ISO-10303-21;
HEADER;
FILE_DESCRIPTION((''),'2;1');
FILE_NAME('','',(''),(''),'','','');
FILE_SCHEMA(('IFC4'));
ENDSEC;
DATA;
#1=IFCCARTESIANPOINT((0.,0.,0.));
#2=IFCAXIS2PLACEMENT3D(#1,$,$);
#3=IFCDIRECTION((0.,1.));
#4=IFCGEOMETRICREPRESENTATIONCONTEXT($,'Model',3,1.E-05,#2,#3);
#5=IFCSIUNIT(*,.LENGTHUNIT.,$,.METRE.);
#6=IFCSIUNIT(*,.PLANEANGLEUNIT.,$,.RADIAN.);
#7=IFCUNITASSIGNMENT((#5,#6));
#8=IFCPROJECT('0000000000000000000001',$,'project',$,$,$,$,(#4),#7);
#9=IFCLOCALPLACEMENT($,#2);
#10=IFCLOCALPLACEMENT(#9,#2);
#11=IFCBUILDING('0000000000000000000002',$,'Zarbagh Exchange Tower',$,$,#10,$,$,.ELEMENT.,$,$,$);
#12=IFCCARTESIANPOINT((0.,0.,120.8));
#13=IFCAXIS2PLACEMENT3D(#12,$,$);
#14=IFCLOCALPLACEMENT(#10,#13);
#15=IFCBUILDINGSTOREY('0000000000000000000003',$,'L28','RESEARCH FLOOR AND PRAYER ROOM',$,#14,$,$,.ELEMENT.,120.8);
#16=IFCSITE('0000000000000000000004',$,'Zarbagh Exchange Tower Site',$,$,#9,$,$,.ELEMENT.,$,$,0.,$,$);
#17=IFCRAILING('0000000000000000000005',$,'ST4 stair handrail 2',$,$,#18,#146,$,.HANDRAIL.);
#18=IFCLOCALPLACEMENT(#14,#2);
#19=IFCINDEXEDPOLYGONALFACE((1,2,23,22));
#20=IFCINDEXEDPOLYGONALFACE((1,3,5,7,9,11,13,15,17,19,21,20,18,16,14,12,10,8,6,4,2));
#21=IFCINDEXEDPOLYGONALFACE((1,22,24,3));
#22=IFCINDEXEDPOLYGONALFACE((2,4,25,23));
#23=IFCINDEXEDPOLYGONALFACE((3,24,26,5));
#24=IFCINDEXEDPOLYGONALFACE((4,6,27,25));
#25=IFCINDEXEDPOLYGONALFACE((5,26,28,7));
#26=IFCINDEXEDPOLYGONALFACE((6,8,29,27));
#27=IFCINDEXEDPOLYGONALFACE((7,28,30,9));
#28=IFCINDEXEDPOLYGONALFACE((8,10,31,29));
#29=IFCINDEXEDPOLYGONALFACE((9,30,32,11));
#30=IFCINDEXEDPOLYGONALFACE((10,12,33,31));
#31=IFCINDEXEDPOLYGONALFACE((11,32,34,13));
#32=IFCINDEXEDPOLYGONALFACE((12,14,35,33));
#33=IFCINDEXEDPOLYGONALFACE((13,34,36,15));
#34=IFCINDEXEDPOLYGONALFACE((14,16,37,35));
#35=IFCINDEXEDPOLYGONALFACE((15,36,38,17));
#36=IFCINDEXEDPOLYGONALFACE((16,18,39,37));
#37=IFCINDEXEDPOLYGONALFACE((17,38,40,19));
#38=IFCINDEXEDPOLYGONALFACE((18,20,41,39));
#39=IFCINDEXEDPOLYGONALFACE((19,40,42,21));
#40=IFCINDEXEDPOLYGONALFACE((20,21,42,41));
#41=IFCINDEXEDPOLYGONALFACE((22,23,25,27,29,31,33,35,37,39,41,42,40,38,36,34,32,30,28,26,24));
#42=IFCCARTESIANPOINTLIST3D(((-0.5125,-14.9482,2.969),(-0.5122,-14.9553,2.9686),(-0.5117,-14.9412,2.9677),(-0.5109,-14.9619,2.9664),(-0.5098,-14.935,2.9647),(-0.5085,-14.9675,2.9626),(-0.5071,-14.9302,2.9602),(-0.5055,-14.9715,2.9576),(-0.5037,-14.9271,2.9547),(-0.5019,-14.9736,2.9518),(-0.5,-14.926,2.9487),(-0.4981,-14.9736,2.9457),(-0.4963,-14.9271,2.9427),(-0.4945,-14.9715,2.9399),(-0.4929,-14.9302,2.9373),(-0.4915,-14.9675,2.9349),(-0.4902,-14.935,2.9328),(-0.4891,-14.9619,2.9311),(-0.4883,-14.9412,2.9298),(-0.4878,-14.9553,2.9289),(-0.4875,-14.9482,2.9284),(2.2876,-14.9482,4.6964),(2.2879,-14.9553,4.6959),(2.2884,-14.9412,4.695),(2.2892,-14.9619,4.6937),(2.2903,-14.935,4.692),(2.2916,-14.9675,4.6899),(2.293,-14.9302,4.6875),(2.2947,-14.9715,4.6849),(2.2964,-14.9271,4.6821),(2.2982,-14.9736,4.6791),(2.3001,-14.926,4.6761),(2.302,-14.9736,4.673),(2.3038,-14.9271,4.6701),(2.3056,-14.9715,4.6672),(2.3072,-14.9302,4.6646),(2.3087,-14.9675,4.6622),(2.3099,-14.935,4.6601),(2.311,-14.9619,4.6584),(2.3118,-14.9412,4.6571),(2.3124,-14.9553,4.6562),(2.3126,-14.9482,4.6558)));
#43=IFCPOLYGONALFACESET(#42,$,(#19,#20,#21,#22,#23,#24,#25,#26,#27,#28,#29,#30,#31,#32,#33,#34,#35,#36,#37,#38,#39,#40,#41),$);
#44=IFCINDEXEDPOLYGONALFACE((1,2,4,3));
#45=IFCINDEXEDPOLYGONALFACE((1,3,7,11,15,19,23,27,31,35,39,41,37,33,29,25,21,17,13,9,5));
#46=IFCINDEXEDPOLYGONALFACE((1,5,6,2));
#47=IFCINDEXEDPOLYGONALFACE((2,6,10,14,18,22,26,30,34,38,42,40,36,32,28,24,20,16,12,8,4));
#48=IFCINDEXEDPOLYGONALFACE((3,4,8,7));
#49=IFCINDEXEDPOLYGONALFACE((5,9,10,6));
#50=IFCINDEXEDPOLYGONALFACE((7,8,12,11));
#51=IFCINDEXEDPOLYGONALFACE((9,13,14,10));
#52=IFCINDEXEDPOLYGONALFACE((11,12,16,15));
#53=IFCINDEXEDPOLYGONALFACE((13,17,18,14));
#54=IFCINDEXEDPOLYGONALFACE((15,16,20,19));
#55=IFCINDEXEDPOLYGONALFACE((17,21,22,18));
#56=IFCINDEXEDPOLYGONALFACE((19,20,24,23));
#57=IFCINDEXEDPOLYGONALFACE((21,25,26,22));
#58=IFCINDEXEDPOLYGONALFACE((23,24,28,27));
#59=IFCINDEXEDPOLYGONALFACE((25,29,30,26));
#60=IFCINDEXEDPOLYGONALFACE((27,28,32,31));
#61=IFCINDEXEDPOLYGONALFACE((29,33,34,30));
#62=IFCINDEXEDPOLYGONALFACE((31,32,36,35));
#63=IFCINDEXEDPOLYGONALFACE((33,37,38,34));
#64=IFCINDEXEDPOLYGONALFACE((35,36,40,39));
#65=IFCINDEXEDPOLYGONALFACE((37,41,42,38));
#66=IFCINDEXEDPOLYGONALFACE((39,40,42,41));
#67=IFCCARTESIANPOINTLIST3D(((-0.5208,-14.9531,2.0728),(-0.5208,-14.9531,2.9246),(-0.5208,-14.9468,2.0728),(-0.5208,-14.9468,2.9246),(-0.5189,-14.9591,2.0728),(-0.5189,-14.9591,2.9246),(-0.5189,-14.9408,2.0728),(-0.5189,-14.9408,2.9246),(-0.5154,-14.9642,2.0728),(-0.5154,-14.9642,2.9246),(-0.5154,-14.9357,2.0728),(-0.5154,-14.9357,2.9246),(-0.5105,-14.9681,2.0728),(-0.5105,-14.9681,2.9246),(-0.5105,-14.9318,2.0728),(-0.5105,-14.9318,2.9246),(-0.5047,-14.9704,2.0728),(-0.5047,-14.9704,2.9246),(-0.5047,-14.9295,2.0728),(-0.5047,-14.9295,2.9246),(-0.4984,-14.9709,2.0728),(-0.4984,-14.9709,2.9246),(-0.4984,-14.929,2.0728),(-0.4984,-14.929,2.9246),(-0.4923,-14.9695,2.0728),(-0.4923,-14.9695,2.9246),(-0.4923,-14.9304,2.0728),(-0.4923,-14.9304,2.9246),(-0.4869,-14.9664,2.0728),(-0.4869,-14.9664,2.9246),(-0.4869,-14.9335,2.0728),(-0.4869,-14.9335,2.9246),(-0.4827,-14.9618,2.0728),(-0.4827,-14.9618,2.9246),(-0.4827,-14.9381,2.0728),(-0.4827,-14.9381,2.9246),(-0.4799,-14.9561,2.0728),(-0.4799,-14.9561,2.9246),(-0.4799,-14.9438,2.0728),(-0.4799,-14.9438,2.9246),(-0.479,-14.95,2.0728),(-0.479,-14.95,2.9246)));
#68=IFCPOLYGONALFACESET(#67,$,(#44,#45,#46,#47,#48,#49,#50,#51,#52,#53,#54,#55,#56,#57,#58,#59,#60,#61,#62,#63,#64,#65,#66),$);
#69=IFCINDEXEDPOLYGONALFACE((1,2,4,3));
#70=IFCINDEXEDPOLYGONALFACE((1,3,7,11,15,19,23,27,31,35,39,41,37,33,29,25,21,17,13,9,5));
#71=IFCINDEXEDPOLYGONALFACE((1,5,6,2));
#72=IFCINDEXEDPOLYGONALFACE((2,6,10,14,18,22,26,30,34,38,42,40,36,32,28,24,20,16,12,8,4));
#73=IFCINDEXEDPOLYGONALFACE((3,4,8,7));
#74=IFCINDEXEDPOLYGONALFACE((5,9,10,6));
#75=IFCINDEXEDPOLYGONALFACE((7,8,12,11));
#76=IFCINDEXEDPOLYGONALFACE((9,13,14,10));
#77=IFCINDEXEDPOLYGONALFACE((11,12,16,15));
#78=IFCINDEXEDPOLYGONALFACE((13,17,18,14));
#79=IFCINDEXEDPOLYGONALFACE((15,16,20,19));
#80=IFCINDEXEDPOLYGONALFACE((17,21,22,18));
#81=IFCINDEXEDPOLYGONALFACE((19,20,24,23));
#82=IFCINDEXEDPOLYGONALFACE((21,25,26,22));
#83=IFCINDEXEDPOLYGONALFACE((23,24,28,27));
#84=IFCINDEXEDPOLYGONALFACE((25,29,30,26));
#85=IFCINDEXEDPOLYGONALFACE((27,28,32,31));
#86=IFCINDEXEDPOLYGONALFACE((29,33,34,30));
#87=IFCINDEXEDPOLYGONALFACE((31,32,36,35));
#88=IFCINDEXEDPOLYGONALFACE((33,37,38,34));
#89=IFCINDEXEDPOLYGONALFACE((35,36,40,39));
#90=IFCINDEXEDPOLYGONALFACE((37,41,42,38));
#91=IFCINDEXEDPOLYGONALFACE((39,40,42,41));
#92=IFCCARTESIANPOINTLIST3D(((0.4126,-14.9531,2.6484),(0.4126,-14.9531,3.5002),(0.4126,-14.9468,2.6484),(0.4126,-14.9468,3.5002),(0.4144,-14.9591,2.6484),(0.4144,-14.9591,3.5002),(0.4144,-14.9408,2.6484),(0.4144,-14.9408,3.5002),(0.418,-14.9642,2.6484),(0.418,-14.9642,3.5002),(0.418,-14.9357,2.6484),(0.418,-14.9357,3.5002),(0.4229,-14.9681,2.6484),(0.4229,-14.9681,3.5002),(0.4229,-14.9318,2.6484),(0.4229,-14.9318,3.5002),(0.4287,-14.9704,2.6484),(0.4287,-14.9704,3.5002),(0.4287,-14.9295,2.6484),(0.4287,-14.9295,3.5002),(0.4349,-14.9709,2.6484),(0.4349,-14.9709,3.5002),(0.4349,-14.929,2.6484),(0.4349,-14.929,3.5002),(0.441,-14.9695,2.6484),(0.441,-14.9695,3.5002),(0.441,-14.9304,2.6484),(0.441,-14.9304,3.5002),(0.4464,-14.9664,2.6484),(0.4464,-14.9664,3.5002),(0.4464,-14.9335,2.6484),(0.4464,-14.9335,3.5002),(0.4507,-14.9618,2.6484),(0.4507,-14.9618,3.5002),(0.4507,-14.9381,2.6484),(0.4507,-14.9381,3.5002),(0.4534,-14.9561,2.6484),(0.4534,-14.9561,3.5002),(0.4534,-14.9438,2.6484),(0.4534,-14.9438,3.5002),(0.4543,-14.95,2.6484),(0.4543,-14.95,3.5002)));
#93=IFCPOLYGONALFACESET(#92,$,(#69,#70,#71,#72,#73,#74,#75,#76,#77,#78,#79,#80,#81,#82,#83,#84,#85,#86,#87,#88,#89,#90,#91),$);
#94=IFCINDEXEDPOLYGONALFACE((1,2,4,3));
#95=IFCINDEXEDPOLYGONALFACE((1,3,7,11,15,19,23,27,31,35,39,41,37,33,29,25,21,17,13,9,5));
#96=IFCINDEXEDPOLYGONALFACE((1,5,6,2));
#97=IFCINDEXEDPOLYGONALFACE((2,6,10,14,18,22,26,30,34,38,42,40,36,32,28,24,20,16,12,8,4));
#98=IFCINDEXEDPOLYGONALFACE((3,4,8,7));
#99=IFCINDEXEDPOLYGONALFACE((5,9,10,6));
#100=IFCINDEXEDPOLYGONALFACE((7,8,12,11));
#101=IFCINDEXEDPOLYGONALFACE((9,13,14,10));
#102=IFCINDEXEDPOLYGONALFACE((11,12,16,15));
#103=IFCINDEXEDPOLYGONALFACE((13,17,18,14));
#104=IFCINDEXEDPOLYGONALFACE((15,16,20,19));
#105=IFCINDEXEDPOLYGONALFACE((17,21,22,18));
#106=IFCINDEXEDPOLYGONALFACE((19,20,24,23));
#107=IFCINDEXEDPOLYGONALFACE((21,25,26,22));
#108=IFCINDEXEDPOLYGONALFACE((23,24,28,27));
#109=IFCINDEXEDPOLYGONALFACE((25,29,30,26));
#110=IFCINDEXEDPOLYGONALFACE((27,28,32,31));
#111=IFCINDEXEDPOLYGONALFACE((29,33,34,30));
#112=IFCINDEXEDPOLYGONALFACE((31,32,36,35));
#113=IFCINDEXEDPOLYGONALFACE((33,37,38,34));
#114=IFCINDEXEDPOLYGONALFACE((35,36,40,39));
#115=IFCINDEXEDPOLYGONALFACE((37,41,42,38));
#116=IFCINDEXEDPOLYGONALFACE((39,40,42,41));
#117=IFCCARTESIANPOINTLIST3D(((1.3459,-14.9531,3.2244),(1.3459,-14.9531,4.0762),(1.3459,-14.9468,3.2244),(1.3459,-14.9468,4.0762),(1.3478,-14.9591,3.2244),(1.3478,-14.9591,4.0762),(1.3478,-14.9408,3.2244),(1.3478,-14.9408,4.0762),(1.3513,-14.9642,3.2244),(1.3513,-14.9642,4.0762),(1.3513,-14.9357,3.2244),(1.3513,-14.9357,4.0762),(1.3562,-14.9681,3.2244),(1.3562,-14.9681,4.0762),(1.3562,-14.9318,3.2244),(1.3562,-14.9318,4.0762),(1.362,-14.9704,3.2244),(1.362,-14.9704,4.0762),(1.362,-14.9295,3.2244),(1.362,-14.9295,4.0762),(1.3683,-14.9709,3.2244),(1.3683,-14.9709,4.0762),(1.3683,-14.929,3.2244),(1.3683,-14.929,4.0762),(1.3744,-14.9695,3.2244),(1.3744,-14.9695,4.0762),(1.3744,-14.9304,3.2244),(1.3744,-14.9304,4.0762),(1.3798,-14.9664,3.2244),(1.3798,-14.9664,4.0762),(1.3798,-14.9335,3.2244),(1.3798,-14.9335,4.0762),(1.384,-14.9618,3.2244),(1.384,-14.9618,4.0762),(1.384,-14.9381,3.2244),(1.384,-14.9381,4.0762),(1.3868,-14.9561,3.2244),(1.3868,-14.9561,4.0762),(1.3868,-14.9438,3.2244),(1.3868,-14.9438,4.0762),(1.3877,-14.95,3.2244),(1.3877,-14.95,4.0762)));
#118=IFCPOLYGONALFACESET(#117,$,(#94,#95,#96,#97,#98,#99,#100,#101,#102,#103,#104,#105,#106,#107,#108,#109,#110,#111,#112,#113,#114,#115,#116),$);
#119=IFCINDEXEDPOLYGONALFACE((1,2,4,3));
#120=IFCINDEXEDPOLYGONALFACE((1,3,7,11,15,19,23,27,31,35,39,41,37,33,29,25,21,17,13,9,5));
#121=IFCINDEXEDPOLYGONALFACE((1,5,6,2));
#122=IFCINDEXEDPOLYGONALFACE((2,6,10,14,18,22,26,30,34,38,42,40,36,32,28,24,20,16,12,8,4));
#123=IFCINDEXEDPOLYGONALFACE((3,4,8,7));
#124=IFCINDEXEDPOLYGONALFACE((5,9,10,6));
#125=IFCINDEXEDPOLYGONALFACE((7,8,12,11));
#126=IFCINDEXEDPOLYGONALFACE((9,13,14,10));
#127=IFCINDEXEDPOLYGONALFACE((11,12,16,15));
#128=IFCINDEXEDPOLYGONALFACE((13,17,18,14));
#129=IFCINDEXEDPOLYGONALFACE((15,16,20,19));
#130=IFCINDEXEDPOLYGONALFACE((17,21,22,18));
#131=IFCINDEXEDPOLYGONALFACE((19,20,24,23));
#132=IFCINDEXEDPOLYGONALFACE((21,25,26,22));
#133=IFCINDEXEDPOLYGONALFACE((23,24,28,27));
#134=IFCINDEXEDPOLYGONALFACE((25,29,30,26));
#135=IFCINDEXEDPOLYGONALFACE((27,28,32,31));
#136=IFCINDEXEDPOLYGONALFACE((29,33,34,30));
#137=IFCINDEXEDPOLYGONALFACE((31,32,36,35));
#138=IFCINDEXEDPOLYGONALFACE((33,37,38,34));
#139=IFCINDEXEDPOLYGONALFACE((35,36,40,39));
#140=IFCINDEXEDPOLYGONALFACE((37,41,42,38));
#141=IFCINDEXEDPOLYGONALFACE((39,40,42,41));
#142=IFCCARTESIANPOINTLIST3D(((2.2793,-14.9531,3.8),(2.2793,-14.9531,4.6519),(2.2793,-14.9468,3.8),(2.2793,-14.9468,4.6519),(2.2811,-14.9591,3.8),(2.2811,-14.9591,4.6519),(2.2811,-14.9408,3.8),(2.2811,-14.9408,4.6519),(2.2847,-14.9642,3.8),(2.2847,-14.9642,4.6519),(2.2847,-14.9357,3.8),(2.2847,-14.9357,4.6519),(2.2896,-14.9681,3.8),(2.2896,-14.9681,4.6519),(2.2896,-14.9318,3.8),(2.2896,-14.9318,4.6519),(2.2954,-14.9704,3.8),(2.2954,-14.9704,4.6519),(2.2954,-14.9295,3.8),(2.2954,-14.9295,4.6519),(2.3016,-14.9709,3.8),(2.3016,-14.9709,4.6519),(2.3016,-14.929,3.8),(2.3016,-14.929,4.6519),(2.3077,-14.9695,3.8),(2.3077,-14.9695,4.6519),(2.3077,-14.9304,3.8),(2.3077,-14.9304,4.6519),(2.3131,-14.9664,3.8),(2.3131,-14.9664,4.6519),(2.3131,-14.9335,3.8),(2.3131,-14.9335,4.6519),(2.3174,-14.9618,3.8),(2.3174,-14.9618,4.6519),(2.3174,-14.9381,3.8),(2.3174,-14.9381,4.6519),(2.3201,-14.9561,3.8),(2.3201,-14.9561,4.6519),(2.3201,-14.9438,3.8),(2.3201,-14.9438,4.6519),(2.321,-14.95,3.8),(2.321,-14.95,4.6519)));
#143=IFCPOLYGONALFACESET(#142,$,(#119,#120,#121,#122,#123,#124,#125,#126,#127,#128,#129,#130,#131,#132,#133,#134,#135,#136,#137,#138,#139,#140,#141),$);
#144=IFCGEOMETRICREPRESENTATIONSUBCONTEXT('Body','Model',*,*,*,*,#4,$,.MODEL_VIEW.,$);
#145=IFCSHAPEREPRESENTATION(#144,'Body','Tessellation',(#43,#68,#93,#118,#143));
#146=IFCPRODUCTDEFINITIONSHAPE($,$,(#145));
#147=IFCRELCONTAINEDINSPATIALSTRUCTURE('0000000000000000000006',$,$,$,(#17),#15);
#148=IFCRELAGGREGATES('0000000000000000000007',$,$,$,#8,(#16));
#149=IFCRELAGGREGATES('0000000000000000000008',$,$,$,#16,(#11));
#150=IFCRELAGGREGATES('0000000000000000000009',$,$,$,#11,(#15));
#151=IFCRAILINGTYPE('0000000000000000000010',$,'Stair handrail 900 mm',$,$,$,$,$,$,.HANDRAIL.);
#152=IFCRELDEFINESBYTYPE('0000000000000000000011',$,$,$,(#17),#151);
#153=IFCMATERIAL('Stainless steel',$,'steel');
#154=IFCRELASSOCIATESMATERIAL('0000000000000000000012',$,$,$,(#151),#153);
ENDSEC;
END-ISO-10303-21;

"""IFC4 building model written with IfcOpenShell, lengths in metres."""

from ifc_helpers import new_model, si_unit, direction, frame, origin, origin_2d, place, context, subcontext, project, spatial, circle, extrude, material, type_object, element, save


model = new_model("IFC4")

# Units and contexts
model_context = context("Model", 3, precision=1e-05, world=origin(), true_north=direction((0.0, 1.0)))
body_context = subcontext(model_context, "Body", "Model", "MODEL_VIEW")
ifc_project = project(units=[si_unit("LENGTHUNIT", "METRE"), si_unit("PLANEANGLEUNIT", "RADIAN")], contexts=[model_context])

# Site, building, storey
site_placement = place(None, origin())
site = spatial("IfcSite", under=ifc_project, at=site_placement, Name="Zarbagh Exchange Tower Site", CompositionType="ELEMENT", RefElevation=0.0)
building_placement = place(site_placement, origin())
building = spatial("IfcBuilding", under=site, at=building_placement, Name="Zarbagh Exchange Tower", CompositionType="ELEMENT")
storey_placement = place(building_placement, frame((0.0, 0.0, 120.8)))
storey = spatial("IfcBuildingStorey", under=building, at=storey_placement, Name="L28", Description="RESEARCH FLOOR AND PRAYER ROOM", CompositionType="ELEMENT", Elevation=120.8)

# Shared definitions
ifc_material_1 = material(Name="Stainless steel", Category="steel")

# Railing
railing_type = type_object("IfcRailingType", Name="Stair handrail 900 mm", PredefinedType="HANDRAIL", material=ifc_material_1)
for number, where, name in (
    (1, (-0.5, -14.95, 2.0728), "ST4 stair handrail 2"),
):
    element("IfcRailing", number, at=place(storey_placement, frame(where)), inside=storey, type_object=railing_type, Name=name, PredefinedType="HANDRAIL", context=body_context, shape_type="SweptSolid", body=[
        extrude(circle(Radius=0.0239, at=origin_2d()), frame((0.0, 0.0, 0.876), z_axis=(0.85109, 0.0, 0.52502), x_axis=(0.0, 1.0, 0.0)), (0.0, 0.0, 1.0), 3.29),
        extrude(circle(Radius=0.021, at=origin_2d()), origin(), (0.0, 0.0, 1.0), 0.8518),
        extrude(circle(Radius=0.021, at=origin_2d()), frame((0.9333, 0.0, 0.5757)), (0.0, 0.0, 1.0), 0.8518),
        extrude(circle(Radius=0.021, at=origin_2d()), frame((1.8667, 0.0, 1.1516)), (0.0, 0.0, 1.0), 0.8518),
        extrude(circle(Radius=0.021, at=origin_2d()), frame((2.8, 0.0, 1.7273)), (0.0, 0.0, 1.0), 0.8518),
    ])

save(model, "model.ifc")
